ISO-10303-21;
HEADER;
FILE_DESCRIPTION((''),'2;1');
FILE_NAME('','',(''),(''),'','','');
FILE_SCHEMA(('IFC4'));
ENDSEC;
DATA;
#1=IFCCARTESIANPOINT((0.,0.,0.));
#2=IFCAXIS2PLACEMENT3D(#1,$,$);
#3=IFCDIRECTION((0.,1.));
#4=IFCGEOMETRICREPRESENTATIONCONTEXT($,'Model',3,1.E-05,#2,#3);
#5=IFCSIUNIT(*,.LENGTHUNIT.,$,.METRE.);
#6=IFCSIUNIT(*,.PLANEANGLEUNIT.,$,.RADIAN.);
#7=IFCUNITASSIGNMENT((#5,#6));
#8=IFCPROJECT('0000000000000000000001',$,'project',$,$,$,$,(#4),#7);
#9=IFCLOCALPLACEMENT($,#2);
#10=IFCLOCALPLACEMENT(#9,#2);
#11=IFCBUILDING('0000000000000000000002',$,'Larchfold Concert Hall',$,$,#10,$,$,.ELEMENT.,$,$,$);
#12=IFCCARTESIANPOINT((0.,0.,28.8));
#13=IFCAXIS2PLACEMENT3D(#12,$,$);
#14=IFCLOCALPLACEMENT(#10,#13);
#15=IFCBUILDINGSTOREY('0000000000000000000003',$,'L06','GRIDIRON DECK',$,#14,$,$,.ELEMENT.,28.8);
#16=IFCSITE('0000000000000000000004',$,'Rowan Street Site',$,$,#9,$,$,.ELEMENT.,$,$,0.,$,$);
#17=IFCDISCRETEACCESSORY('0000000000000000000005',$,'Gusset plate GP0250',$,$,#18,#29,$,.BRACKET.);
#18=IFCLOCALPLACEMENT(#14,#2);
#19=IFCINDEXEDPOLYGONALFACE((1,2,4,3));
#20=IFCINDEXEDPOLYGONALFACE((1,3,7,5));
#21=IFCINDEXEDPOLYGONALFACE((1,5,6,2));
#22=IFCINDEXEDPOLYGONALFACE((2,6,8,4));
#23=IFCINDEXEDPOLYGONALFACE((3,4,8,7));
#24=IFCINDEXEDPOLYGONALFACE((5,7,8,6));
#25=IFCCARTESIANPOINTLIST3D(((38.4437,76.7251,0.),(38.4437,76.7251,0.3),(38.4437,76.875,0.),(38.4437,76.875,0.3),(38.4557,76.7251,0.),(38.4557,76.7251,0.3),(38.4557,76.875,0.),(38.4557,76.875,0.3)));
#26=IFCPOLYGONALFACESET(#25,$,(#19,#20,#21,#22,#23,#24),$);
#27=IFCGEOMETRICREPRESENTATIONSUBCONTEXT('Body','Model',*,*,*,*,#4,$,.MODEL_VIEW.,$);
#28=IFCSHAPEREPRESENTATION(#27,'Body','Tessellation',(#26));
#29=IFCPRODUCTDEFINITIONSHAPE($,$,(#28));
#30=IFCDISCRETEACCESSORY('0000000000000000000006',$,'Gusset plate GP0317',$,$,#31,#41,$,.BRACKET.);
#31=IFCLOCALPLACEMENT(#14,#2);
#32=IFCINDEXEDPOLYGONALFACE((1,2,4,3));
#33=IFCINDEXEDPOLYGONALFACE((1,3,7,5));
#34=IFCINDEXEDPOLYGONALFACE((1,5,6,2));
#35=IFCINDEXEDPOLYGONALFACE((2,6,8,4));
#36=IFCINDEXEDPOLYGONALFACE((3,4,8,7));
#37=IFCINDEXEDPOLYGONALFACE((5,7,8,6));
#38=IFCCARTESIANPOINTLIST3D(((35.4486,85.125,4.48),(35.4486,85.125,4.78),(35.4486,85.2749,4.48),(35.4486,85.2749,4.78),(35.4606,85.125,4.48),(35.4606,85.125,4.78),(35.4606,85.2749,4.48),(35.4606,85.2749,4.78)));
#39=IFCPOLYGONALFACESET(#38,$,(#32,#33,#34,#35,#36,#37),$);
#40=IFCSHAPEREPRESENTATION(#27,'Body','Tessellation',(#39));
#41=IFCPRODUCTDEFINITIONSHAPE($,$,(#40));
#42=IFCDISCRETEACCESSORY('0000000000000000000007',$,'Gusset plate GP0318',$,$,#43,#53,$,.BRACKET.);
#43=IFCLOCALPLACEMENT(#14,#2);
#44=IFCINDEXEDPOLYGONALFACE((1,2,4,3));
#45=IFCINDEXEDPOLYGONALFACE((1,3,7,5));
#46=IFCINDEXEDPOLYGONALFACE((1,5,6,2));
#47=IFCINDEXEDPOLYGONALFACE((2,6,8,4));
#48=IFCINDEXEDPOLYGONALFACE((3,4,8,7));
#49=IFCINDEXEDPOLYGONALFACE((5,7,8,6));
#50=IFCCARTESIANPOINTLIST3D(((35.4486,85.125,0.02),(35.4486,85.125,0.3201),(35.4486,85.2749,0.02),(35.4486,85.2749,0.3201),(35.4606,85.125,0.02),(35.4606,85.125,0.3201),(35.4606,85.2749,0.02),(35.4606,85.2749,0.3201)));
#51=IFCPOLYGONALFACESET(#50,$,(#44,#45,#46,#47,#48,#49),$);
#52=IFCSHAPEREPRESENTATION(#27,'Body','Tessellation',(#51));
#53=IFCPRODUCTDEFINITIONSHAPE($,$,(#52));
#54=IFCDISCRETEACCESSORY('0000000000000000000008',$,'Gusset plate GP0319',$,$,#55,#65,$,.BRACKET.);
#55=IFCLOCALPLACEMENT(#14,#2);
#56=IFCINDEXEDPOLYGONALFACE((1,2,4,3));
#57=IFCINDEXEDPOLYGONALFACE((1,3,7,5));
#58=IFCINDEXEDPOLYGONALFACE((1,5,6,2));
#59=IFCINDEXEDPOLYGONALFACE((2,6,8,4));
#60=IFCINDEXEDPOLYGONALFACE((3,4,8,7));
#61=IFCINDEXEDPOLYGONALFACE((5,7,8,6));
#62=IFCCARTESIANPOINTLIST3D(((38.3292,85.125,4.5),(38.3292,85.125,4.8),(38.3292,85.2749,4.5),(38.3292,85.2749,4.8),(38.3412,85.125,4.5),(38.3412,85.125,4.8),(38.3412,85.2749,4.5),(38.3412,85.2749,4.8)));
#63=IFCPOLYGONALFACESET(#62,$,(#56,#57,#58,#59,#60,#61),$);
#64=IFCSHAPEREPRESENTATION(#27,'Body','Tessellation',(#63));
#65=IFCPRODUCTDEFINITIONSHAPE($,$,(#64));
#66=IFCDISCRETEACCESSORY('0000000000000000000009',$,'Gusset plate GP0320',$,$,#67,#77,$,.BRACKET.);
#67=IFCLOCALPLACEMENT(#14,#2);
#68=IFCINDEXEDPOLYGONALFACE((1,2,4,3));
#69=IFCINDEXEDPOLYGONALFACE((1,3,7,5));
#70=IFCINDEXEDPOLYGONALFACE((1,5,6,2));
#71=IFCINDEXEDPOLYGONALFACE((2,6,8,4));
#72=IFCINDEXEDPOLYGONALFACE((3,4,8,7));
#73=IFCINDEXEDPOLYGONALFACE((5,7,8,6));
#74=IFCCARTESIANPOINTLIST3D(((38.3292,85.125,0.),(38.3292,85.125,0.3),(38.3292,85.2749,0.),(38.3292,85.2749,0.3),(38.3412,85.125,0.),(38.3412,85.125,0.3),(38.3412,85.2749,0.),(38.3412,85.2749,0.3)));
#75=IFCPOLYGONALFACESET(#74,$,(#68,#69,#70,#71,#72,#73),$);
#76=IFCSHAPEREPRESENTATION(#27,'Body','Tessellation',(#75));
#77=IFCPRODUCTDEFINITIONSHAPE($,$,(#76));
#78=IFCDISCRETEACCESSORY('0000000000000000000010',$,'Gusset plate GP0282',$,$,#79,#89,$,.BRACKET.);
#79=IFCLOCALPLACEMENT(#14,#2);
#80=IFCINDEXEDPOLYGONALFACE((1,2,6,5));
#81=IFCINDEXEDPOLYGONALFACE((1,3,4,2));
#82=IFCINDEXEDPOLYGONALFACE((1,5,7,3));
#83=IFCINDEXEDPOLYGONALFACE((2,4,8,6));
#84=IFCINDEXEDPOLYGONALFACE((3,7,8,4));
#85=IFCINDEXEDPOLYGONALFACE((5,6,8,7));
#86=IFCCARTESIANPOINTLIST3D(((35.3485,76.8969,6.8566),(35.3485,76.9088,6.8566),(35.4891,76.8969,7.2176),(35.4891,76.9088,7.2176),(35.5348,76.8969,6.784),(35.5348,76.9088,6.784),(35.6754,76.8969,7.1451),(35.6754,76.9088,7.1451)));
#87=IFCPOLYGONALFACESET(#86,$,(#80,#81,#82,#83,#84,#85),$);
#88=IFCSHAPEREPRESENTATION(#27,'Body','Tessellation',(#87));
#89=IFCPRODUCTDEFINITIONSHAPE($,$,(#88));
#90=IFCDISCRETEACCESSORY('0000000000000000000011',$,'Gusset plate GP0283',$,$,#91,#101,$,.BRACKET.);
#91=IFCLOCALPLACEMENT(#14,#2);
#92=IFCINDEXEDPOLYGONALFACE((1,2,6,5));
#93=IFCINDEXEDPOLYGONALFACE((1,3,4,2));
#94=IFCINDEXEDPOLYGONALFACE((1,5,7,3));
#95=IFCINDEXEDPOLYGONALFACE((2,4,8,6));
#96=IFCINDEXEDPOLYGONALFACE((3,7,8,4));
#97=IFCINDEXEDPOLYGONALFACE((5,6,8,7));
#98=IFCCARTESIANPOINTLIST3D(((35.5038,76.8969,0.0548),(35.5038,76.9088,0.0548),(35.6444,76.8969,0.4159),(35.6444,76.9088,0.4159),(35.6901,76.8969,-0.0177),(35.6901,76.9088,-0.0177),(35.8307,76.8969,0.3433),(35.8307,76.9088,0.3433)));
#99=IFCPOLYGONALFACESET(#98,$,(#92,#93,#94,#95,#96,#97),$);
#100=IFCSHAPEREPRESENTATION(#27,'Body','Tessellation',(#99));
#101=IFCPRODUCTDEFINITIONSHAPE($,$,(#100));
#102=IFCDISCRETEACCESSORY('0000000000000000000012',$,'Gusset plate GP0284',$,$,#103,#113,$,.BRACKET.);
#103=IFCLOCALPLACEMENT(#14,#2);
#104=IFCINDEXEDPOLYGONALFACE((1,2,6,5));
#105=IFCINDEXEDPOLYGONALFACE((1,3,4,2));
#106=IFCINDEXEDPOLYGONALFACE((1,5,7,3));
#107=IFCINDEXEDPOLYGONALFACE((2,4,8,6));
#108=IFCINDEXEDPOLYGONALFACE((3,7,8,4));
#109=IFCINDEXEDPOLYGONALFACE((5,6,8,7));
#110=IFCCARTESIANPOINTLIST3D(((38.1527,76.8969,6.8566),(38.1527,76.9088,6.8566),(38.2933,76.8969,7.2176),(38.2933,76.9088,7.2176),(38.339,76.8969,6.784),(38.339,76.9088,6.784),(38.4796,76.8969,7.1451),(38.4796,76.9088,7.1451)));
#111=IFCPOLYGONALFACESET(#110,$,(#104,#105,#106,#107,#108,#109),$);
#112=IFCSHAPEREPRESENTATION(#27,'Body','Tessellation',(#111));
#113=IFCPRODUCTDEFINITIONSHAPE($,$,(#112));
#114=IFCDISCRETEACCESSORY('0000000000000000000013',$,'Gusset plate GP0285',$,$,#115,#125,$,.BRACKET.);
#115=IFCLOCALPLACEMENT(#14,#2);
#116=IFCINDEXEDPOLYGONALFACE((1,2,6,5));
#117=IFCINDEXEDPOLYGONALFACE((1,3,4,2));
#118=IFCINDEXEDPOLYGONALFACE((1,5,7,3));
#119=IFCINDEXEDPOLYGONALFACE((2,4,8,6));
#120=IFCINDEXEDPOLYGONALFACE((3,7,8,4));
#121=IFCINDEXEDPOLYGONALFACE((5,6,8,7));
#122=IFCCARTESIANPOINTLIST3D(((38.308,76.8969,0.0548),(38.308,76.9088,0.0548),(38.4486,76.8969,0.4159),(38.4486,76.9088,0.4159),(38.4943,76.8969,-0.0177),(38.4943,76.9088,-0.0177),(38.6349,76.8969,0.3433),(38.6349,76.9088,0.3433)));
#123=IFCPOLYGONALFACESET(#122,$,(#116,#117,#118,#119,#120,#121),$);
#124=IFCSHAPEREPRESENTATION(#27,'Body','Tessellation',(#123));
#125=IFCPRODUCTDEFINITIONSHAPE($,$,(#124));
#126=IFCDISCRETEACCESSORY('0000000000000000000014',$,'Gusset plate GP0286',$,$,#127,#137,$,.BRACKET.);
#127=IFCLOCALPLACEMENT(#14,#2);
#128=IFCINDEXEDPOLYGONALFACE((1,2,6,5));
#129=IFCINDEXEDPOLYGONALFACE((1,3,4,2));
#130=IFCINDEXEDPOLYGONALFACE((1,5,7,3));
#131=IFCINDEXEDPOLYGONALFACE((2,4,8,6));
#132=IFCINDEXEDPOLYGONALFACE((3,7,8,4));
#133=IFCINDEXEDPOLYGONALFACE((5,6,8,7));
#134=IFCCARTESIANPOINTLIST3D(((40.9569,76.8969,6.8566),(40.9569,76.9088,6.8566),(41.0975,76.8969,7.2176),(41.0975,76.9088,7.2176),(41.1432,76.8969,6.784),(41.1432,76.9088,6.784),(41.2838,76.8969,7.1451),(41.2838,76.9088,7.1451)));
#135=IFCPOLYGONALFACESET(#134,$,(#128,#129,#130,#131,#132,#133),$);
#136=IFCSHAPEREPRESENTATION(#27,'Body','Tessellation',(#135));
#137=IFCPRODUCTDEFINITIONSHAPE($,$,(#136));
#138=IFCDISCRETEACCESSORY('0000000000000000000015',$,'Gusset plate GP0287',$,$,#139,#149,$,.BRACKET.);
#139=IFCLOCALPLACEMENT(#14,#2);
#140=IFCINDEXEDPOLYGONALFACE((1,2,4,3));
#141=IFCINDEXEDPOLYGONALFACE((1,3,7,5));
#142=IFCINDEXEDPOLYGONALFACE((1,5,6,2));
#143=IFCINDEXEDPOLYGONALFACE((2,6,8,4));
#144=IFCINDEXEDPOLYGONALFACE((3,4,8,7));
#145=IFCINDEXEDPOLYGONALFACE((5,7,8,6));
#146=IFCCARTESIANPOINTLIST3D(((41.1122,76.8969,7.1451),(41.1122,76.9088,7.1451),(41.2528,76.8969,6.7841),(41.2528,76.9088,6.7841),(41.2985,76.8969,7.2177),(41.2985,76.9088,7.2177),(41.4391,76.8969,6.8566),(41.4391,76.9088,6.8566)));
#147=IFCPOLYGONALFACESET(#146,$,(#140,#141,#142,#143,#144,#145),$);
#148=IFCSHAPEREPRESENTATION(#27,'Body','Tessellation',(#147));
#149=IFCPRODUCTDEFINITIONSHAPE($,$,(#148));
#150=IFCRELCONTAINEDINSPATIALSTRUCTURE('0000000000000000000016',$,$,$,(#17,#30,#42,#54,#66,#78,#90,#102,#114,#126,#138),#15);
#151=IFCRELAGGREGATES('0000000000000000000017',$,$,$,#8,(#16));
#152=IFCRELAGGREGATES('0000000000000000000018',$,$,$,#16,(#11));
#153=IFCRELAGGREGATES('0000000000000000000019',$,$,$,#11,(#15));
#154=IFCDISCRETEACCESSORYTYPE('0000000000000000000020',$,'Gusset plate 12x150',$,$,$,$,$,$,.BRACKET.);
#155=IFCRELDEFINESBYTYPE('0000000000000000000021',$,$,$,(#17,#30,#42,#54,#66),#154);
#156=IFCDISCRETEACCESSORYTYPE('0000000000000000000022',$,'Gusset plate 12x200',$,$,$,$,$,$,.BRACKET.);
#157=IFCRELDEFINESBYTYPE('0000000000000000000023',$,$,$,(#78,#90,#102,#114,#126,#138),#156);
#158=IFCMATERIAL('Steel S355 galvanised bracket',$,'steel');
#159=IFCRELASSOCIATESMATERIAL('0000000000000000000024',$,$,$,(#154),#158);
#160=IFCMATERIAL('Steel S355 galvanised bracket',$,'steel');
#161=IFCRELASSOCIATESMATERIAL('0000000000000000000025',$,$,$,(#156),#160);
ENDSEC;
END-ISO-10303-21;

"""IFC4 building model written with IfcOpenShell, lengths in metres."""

from ifc_helpers import new_model, si_unit, direction, frame, origin, origin_2d, place, context, subcontext, project, spatial, rectangle, extrude, material, material_profile, profile_set, type_object, element, save


model = new_model("IFC4")

# Units and contexts
model_context = context("Model", 3, precision=1e-05, world=origin(), true_north=direction((0.0, 1.0)))
body_context = subcontext(model_context, "Body", "Model", "MODEL_VIEW")
ifc_project = project(units=[si_unit("LENGTHUNIT", "METRE"), si_unit("PLANEANGLEUNIT", "RADIAN")], contexts=[model_context])

# Site, building, storey
site_placement = place(None, origin())
site = spatial("IfcSite", under=ifc_project, at=site_placement, Name="Rowan Street Site", CompositionType="ELEMENT", RefElevation=0.0)
building_placement = place(site_placement, origin())
building = spatial("IfcBuilding", under=site, at=building_placement, Name="Larchfold Concert Hall", CompositionType="ELEMENT")
storey_placement = place(building_placement, frame((0.0, 0.0, 28.8)))
storey = spatial("IfcBuildingStorey", under=building, at=storey_placement, Name="L06", Description="GRIDIRON DECK", CompositionType="ELEMENT", Elevation=28.8)

# Discrete accessories
ifc_material_1 = material(Name="Steel S355 galvanised bracket", Category="steel")
ifc_material_profile_1 = material_profile(ifc_material_1, rectangle(XDim=0.012, YDim=0.1499, at=origin_2d()))
ifc_profile_set_1 = profile_set([ifc_material_profile_1], Name="Steel S355 galvanised bracket")
discrete_accessory_type_1 = type_object("IfcDiscreteAccessoryType", Name="Gusset plate 12x150", PredefinedType="BRACKET", material=ifc_profile_set_1)
for number, where, z_axis, x_axis, name in (
    (1, (38.4497, 76.8, 0.3), (0.0, 0.0, -1.0), (1.0, 0.0, 0.0), "Gusset plate GP0250"),
    (2, (35.4546, 85.2, 4.78), (0.0, 0.0, -1.0), (1.0, 0.0, 0.0), "Gusset plate GP0317"),
    (3, (35.4546, 85.2, 0.3201), (0.0, 0.0, -1.0), (1.0, 0.0, 0.0), "Gusset plate GP0318"),
    (4, (38.3352, 85.2, 4.8), (0.0, 0.0, -1.0), (1.0, 0.0, 0.0), "Gusset plate GP0319"),
    (5, (38.3352, 85.2, 0.3), (0.0, 0.0, -1.0), (1.0, 0.0, 0.0), "Gusset plate GP0320"),
):
    element("IfcDiscreteAccessory", number, at=place(storey_placement, frame(where, z_axis=z_axis, x_axis=x_axis)), inside=storey, type_object=discrete_accessory_type_1, Name=name, PredefinedType="BRACKET", context=body_context, shape_type="SweptSolid", body=[
        extrude(rectangle(XDim=0.012, YDim=0.1499, at=origin_2d()), origin(), (0.0, 0.0, 1.0), 0.3),
    ])
ifc_material_2 = material(Name="Steel S355 galvanised bracket", Category="steel")
ifc_material_profile_2 = material_profile(ifc_material_2, rectangle(XDim=0.012, YDim=0.2, at=origin_2d()))
ifc_profile_set_2 = profile_set([ifc_material_profile_2], Name="Steel S355 galvanised bracket")
discrete_accessory_type_2 = type_object("IfcDiscreteAccessoryType", Name="Gusset plate 12x200", PredefinedType="BRACKET", material=ifc_profile_set_2)
for number, where, z_axis, x_axis, name in (
    (6, (35.4417, 76.9028, 6.8203), (0.362902, 0.0, 0.931827), (0.0, 1.0, 0.0), "Gusset plate GP0282"),
    (7, (35.5969, 76.9028, 0.0186), (0.362902, 0.0, 0.931827), (0.0, 1.0, 0.0), "Gusset plate GP0283"),
    (8, (38.2458, 76.9028, 6.8203), (0.362902, 0.0, 0.931827), (0.0, 1.0, 0.0), "Gusset plate GP0284"),
    (9, (38.4011, 76.9028, 0.0186), (0.362902, 0.0, 0.931827), (0.0, 1.0, 0.0), "Gusset plate GP0285"),
    (10, (41.05, 76.9028, 6.8203), (0.362902, 0.0, 0.931827), (0.0, 1.0, 0.0), "Gusset plate GP0286"),
    (11, (41.2053, 76.9028, 7.1814), (0.362902, 0.0, -0.931827), (0.0, 1.0, 0.0), "Gusset plate GP0287"),
):
    element("IfcDiscreteAccessory", number, at=place(storey_placement, frame(where, z_axis=z_axis, x_axis=x_axis)), inside=storey, type_object=discrete_accessory_type_2, Name=name, PredefinedType="BRACKET", context=body_context, shape_type="SweptSolid", body=[
        extrude(rectangle(XDim=0.012, YDim=0.2, at=origin_2d()), origin(), (0.0, 0.0, 1.0), 0.3875),
    ])

save(model, "model.ifc")
